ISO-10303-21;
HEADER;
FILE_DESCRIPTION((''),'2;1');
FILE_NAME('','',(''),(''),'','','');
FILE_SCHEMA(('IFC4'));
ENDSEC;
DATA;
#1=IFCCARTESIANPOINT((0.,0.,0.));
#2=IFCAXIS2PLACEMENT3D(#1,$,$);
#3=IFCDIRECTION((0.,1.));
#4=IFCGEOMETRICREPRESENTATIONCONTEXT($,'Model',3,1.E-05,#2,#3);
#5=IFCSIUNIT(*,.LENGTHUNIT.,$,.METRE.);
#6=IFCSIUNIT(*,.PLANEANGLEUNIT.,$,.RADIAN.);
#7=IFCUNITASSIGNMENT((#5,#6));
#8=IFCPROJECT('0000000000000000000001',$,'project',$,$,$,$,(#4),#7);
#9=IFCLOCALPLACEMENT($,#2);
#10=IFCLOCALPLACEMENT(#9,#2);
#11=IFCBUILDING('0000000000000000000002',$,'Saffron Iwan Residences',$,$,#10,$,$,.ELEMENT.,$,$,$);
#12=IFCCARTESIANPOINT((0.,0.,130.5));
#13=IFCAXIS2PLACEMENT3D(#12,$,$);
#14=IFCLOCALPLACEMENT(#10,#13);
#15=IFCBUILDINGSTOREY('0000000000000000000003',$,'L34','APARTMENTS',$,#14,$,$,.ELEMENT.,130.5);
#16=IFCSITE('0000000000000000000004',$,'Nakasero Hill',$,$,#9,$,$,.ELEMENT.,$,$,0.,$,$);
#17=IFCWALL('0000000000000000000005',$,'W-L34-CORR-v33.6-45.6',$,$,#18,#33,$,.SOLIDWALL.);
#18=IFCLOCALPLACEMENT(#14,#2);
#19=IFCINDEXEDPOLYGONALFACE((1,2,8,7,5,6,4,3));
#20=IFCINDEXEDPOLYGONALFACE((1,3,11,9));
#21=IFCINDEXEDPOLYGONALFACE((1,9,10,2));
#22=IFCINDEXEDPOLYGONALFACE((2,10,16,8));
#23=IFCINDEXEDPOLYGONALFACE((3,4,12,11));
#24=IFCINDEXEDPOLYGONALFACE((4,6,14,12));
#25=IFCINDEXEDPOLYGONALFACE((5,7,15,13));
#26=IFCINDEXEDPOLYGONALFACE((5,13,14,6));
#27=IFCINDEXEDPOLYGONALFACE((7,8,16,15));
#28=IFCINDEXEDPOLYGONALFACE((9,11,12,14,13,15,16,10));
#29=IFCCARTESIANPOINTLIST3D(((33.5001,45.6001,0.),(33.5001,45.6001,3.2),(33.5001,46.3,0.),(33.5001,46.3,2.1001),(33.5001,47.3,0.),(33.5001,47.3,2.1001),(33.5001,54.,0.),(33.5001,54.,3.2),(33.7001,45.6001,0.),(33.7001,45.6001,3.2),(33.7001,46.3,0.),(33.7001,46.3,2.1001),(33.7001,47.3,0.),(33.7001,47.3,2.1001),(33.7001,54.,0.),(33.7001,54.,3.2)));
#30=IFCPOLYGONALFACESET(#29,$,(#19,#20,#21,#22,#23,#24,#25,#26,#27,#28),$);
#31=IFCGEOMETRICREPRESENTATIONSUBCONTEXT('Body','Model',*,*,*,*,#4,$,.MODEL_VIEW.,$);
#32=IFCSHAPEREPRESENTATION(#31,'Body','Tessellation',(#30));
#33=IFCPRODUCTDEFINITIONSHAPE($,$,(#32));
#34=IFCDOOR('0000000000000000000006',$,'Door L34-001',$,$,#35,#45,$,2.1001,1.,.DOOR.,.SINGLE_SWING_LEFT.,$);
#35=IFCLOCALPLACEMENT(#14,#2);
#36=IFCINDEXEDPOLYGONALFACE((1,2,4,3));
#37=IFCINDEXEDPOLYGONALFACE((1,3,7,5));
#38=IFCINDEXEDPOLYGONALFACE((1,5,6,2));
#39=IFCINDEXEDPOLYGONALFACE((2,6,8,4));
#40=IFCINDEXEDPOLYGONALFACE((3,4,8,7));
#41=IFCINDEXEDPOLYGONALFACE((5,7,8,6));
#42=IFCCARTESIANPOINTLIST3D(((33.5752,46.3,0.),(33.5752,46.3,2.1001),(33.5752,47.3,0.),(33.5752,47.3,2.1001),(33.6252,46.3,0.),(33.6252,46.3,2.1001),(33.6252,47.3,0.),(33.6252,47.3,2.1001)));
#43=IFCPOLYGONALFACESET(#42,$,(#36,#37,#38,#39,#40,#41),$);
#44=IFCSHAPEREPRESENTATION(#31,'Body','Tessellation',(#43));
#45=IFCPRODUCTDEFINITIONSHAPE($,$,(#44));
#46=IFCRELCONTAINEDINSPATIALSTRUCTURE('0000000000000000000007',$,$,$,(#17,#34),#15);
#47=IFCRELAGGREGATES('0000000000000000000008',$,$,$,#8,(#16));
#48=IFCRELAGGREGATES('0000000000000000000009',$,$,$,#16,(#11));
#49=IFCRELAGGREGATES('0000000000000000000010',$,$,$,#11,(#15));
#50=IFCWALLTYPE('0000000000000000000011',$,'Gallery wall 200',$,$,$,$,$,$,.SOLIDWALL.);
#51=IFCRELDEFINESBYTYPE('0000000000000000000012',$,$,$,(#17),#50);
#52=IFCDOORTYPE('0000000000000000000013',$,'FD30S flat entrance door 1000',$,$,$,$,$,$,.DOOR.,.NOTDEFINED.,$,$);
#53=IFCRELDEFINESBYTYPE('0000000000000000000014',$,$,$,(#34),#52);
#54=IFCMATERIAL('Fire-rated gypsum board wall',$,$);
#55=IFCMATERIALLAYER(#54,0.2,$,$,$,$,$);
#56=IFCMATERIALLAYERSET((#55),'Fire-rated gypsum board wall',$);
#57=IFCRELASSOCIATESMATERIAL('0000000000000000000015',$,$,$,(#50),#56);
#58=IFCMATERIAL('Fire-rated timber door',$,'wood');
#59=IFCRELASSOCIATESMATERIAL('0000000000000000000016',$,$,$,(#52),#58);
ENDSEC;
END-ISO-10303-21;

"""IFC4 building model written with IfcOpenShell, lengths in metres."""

from ifc_helpers import new_model, si_unit, direction, frame, frame_2d, origin, place, context, subcontext, project, spatial, rectangle, extrude, material, layer, layer_set, type_object, element, fill, save


model = new_model("IFC4")

# Units and contexts
model_context = context("Model", 3, precision=1e-05, world=origin(), true_north=direction((0.0, 1.0)))
body_context = subcontext(model_context, "Body", "Model", "MODEL_VIEW")
ifc_project = project(units=[si_unit("LENGTHUNIT", "METRE"), si_unit("PLANEANGLEUNIT", "RADIAN")], contexts=[model_context])

# Site, building, storey
site_placement = place(None, origin())
site = spatial("IfcSite", under=ifc_project, at=site_placement, Name="Nakasero Hill", CompositionType="ELEMENT", RefElevation=0.0)
building_placement = place(site_placement, origin())
building = spatial("IfcBuilding", under=site, at=building_placement, Name="Saffron Iwan Residences", CompositionType="ELEMENT")
storey_placement = place(building_placement, frame((0.0, 0.0, 130.5)))
storey = spatial("IfcBuildingStorey", under=building, at=storey_placement, Name="L34", Description="APARTMENTS", CompositionType="ELEMENT", Elevation=130.5)

# Wall, opening, door
ifc_material_1 = material(Name="Fire-rated gypsum board wall")
ifc_layer_1 = layer(ifc_material_1, 0.2)
ifc_layer_set_1 = layer_set([ifc_layer_1], Name="Fire-rated gypsum board wall")
wall_type_1 = type_object("IfcWallType", Name="Gallery wall 200", PredefinedType="SOLIDWALL", material=ifc_layer_set_1)
wall_1_placement = place(storey_placement, frame((33.6001, 45.6001, 0.0), z_axis=(0.0, 0.0, 1.0), x_axis=(0.0, 1.0, 0.0)))
wall_1 = element("IfcWall", 1, at=wall_1_placement, inside=storey, type_object=wall_type_1, Name="W-L34-CORR-v33.6-45.6", PredefinedType="SOLIDWALL", context=body_context, shape_type="SweptSolid", body=[
    extrude(rectangle(XDim=8.3999, YDim=0.2, at=frame_2d((4.2, 0.0))), origin(), (0.0, 0.0, 1.0), 3.2),
])
opening_1_placement = place(wall_1_placement, frame((0.7, 0.0, 0.0)))
opening_1 = element("IfcOpeningElement", 2, at=opening_1_placement, cuts=wall_1, PredefinedType="OPENING", context=body_context, shape_type="SweptSolid", body=[
    extrude(rectangle(XDim=1.0, YDim=2.1001, at=frame_2d((0.5, 1.05))), frame((0.0, 0.1099, 0.0), z_axis=(0.0, -1.0, 0.0), x_axis=(1.0, 0.0, 0.0)), (0.0, 0.0, 1.0), 0.22),
])
ifc_material_2 = material(Name="Fire-rated timber door", Category="wood")
door_type_1 = type_object("IfcDoorType", Name="FD30S flat entrance door 1000", OperationType="NOTDEFINED", PredefinedType="DOOR", material=ifc_material_2)
door_1_placement = place(opening_1_placement, origin())
door_1 = element("IfcDoor", 3, at=door_1_placement, inside=storey, type_object=door_type_1, Name="Door L34-001", OperationType="SINGLE_SWING_LEFT", OverallHeight=2.1001, OverallWidth=1.0, PredefinedType="DOOR", context=body_context, shape_type="SweptSolid", body=[
    extrude(rectangle(XDim=1.0, YDim=2.1001, at=frame_2d((0.5, 1.05))), frame((0.0, 0.0249, 0.0), z_axis=(0.0, -1.0, 0.0), x_axis=(1.0, 0.0, 0.0)), (0.0, 0.0, 1.0), 0.05),
])
fill(opening_1, door_1)

save(model, "model.ifc")
